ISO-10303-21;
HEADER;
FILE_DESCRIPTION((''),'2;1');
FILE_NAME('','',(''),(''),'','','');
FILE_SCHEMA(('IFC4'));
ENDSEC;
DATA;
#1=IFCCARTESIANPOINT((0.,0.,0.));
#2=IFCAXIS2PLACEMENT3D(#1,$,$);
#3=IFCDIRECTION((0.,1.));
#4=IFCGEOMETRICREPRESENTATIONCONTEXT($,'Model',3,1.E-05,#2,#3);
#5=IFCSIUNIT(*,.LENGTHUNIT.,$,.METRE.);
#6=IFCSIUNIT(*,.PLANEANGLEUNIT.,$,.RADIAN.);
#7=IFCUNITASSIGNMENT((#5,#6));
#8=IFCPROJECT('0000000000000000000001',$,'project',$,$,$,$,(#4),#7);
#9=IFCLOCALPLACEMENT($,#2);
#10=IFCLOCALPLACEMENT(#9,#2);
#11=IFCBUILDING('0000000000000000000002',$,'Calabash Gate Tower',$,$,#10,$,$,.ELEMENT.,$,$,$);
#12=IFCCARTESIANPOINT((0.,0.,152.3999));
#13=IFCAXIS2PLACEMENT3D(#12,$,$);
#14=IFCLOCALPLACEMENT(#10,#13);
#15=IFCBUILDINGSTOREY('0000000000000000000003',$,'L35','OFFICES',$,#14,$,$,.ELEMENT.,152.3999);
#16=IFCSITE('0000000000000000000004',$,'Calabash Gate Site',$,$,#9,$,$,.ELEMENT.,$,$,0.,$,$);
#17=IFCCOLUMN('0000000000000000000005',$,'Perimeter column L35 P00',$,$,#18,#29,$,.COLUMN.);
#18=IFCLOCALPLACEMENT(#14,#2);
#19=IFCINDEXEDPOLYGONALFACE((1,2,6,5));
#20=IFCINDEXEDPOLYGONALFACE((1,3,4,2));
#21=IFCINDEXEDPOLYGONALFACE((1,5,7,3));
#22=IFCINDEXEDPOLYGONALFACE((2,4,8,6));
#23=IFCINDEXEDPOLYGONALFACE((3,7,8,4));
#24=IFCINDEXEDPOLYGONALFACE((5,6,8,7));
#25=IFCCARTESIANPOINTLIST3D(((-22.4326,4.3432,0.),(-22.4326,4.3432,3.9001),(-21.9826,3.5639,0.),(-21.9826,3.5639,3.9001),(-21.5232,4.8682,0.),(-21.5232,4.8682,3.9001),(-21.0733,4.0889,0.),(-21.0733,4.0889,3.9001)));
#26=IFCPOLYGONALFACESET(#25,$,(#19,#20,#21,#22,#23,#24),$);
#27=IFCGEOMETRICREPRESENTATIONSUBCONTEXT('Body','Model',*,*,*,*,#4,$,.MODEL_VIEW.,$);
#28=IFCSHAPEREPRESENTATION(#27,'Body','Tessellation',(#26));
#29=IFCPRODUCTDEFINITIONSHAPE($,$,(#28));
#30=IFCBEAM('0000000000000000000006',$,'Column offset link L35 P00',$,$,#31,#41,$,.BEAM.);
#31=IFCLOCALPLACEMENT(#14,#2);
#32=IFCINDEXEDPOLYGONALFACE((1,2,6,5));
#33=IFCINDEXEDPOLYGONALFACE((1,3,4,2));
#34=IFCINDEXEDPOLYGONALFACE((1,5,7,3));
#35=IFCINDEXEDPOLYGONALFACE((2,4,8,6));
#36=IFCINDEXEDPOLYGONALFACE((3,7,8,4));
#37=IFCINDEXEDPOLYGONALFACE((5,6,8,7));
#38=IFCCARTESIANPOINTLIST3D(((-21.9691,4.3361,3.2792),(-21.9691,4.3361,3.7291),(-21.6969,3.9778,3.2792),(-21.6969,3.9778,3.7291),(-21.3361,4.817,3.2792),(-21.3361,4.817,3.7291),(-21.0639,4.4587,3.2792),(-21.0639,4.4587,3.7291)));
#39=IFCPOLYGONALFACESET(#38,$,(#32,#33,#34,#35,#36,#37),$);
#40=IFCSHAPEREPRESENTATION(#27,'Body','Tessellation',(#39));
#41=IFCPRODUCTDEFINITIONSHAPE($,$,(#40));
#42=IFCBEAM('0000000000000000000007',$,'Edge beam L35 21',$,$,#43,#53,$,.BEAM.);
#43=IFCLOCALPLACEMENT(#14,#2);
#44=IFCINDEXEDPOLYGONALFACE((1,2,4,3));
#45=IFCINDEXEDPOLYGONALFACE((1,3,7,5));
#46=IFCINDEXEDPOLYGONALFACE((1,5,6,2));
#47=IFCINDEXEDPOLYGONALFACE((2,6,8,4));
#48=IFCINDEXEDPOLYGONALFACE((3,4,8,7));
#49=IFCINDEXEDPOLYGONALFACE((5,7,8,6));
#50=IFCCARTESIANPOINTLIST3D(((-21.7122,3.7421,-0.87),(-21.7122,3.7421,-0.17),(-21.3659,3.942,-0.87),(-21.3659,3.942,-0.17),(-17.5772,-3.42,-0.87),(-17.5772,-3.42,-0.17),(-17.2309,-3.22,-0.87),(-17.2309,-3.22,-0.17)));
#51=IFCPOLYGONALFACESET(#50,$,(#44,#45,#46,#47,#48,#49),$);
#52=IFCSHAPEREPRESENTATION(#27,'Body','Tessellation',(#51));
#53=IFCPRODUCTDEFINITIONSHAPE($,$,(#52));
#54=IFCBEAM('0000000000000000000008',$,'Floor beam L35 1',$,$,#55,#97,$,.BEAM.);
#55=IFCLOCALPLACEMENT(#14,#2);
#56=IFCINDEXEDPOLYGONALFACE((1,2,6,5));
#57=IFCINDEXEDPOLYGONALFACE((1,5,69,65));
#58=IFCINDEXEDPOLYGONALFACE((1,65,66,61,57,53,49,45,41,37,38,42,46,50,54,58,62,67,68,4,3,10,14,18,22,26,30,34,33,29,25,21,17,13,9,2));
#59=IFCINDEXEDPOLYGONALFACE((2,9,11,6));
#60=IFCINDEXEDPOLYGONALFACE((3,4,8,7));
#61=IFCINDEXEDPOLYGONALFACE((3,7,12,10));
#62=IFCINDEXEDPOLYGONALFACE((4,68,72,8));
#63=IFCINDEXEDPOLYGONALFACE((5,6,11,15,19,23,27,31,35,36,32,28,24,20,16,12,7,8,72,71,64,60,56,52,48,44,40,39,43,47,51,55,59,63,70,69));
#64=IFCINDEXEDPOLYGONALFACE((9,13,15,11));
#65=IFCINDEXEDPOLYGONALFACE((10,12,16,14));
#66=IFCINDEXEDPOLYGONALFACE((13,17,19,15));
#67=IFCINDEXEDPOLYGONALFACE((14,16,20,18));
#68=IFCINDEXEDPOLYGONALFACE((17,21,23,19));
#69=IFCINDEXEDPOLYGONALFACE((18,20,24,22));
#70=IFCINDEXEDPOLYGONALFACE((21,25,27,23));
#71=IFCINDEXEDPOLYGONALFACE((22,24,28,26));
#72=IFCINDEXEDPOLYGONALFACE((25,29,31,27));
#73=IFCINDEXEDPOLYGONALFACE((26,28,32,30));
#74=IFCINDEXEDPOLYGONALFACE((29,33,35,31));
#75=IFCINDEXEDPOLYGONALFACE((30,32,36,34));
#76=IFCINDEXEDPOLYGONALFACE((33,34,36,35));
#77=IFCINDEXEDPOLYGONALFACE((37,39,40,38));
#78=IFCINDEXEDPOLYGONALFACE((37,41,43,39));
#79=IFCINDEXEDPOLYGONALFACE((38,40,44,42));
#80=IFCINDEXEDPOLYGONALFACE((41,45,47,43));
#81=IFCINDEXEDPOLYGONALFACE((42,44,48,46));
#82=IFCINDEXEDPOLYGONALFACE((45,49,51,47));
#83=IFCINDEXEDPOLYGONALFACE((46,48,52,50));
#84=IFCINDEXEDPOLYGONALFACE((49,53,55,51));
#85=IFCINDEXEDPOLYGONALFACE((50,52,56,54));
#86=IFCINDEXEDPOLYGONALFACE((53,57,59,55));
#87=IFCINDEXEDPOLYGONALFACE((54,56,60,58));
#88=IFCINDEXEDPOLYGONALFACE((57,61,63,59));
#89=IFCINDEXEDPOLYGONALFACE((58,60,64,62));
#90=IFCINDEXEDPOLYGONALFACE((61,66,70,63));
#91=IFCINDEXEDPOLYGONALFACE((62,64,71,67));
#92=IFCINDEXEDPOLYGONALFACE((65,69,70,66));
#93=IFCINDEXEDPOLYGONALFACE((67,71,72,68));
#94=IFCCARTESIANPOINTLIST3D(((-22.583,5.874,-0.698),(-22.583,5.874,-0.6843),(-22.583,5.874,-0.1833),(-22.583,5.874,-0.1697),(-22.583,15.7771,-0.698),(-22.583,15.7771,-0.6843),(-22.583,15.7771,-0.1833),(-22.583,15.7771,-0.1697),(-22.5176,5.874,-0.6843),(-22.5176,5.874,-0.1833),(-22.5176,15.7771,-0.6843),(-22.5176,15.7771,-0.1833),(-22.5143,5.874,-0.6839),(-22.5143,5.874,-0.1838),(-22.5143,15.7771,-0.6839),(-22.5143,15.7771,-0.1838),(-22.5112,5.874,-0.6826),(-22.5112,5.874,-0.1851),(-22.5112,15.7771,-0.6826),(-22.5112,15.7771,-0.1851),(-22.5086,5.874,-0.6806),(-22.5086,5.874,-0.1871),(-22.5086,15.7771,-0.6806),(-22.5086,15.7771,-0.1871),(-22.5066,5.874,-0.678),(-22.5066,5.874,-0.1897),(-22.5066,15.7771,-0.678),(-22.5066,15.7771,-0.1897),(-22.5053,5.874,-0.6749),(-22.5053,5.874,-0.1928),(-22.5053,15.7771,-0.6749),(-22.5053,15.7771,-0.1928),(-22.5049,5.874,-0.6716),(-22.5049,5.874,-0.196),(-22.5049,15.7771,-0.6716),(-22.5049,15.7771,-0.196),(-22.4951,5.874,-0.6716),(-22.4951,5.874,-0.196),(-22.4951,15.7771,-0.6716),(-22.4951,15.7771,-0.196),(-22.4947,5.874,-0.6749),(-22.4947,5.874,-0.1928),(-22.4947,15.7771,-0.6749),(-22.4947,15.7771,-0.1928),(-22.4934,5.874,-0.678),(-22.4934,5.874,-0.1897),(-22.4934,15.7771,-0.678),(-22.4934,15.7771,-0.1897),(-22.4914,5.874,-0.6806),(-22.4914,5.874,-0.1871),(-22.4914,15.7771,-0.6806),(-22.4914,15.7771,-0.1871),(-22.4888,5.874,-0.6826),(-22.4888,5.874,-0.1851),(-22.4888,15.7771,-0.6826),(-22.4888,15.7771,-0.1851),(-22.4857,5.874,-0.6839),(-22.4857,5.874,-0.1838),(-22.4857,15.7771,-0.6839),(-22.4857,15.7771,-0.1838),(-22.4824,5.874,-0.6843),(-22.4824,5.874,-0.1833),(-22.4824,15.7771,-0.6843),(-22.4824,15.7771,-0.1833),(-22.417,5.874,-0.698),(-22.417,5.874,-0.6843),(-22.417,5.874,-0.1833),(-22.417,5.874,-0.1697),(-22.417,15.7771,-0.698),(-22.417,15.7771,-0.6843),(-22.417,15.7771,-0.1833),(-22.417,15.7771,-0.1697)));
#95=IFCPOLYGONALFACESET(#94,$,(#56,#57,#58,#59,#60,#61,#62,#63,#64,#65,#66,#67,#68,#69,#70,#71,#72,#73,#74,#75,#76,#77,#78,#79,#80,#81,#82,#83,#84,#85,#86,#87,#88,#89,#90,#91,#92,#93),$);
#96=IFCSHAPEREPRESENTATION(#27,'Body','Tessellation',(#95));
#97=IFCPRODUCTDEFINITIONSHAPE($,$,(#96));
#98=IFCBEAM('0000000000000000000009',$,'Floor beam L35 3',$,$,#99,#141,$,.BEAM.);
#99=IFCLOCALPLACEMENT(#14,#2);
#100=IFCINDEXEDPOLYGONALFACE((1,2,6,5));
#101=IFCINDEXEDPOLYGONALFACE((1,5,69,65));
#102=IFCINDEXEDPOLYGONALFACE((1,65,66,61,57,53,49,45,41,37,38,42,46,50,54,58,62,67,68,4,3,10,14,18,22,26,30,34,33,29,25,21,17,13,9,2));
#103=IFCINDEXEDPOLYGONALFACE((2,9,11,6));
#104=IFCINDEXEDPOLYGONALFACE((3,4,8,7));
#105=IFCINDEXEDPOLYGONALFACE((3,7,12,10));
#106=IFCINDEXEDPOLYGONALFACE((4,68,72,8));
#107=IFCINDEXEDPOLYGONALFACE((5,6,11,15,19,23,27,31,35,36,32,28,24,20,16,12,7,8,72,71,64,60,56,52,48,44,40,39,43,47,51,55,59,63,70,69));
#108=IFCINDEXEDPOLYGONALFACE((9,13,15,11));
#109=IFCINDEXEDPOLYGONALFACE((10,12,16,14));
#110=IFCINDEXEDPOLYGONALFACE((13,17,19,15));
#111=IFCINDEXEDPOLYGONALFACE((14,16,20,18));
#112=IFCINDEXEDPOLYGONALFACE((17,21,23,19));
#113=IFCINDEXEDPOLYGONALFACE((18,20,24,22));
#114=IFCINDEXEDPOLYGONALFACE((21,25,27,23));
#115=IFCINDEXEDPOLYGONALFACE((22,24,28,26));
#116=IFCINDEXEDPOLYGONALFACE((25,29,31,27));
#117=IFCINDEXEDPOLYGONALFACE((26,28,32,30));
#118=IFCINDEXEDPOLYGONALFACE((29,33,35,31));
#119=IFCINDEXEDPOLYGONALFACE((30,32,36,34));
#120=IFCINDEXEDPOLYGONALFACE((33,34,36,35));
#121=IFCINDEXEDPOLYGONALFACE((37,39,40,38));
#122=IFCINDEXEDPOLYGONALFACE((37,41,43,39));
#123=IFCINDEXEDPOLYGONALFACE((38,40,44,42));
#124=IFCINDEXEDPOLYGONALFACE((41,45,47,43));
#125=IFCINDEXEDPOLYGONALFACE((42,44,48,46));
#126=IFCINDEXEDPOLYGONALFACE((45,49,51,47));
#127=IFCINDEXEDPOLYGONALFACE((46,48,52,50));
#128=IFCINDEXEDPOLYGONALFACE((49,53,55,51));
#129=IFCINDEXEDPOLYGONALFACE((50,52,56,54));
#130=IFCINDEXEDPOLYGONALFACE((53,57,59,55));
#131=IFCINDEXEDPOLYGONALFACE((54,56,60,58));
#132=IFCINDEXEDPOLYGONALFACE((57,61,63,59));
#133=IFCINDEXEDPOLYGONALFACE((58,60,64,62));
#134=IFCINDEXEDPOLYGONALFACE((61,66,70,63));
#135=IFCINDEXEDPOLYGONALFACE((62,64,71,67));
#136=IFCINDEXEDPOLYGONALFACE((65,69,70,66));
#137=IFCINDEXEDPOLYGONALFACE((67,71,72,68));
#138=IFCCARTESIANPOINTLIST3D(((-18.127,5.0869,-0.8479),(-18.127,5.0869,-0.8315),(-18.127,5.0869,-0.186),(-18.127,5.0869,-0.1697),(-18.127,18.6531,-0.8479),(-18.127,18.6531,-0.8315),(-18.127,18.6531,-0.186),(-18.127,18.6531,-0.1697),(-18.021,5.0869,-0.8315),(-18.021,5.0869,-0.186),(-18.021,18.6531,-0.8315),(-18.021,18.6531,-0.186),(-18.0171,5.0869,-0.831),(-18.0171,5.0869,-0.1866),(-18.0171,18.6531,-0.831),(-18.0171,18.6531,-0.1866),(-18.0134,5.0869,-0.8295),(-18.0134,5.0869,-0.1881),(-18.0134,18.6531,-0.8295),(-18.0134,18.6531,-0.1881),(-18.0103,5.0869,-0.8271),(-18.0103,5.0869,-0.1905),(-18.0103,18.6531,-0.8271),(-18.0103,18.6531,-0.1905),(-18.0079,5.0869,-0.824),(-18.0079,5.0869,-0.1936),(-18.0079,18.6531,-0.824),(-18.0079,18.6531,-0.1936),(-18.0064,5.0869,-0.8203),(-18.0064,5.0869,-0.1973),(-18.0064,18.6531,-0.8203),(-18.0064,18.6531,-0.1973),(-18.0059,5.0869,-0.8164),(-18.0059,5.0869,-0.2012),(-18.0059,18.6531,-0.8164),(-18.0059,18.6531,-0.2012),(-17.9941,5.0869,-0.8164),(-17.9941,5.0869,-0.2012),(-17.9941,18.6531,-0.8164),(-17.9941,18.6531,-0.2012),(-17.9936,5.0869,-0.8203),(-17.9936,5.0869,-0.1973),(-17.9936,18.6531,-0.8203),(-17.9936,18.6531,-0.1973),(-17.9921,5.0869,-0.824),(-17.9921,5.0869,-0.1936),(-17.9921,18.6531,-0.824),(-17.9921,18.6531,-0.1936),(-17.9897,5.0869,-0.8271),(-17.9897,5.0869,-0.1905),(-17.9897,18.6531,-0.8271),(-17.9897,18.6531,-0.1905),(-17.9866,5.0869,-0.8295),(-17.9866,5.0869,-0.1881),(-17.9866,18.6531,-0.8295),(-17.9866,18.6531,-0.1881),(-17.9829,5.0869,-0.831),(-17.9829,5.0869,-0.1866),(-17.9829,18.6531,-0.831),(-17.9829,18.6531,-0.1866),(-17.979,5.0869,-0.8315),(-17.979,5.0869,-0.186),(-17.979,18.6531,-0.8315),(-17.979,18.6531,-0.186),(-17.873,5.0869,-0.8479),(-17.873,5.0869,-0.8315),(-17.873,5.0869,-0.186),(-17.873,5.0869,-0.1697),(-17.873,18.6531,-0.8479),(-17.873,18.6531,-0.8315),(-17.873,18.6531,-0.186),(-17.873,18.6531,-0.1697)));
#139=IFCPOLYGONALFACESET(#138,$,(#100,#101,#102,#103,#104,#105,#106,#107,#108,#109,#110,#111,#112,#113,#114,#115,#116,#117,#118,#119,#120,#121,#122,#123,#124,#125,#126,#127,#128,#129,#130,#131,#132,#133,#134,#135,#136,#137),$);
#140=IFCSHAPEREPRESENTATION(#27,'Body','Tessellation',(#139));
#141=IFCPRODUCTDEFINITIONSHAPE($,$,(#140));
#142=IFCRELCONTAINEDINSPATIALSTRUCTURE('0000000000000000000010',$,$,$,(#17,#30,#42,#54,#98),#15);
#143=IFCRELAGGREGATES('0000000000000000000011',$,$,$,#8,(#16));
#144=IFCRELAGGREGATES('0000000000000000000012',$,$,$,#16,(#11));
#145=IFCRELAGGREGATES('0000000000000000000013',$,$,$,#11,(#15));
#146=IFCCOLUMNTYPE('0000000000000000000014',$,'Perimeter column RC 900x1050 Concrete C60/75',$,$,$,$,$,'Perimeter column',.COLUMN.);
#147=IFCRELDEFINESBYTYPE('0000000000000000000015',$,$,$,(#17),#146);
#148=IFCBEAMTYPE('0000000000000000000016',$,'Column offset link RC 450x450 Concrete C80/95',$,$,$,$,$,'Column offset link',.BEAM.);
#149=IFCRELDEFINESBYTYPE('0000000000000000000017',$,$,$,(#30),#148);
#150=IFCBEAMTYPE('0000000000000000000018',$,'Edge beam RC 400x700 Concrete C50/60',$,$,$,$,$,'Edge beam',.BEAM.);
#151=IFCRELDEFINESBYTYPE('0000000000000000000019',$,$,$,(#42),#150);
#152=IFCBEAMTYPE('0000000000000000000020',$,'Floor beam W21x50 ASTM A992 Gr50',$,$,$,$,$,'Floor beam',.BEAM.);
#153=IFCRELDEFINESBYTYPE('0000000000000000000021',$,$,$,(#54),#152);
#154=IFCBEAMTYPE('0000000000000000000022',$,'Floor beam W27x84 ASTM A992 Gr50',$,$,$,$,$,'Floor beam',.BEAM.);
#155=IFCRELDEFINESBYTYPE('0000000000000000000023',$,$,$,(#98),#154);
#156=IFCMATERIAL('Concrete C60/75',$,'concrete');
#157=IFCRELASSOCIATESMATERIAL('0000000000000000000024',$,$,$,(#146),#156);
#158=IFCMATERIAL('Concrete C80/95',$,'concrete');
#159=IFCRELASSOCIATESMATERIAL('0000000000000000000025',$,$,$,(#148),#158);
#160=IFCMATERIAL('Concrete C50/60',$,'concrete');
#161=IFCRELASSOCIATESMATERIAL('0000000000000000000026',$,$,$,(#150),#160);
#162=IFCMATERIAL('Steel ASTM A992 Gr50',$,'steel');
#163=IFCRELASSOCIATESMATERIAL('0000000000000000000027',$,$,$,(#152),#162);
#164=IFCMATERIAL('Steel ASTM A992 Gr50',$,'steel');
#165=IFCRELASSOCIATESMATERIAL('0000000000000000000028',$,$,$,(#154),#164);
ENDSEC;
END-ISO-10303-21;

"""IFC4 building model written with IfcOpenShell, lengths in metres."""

from ifc_helpers import new_model, si_unit, direction, frame, origin, origin_2d, place, context, subcontext, project, spatial, rectangle, i_section, extrude, material, material_profile, profile_set, type_object, element, save


model = new_model("IFC4")

# Units and contexts
model_context = context("Model", 3, precision=1e-05, world=origin(), true_north=direction((0.0, 1.0)))
body_context = subcontext(model_context, "Body", "Model", "MODEL_VIEW")
ifc_project = project(units=[si_unit("LENGTHUNIT", "METRE"), si_unit("PLANEANGLEUNIT", "RADIAN")], contexts=[model_context])

# Site, building, storey
site_placement = place(None, origin())
site = spatial("IfcSite", under=ifc_project, at=site_placement, Name="Calabash Gate Site", CompositionType="ELEMENT", RefElevation=0.0)
building_placement = place(site_placement, origin())
building = spatial("IfcBuilding", under=site, at=building_placement, Name="Calabash Gate Tower", CompositionType="ELEMENT")
storey_placement = place(building_placement, frame((0.0, 0.0, 152.3999)))
storey = spatial("IfcBuildingStorey", under=building, at=storey_placement, Name="L35", Description="OFFICES", CompositionType="ELEMENT", Elevation=152.3999)

# Column
ifc_material_1 = material(Name="Concrete C60/75", Category="concrete")
ifc_material_profile_1 = material_profile(ifc_material_1, rectangle(XDim=0.8999, YDim=1.05, at=origin_2d()))
ifc_profile_set_1 = profile_set([ifc_material_profile_1], Name="Concrete C60/75")
column_type = type_object("IfcColumnType", Name="Perimeter column RC 900x1050 Concrete C60/75", ElementType="Perimeter column", PredefinedType="COLUMN", material=ifc_profile_set_1)
column_placement = place(storey_placement, frame((-21.7529, 4.2161, 0.0), z_axis=(0.0, 0.0, 1.0), x_axis=(0.5, -0.866025, 0.0)))
element("IfcColumn", 1, at=column_placement, inside=storey, type_object=column_type, Name="Perimeter column L35 P00", PredefinedType="COLUMN", context=body_context, shape_type="SweptSolid", body=[
    extrude(rectangle(XDim=0.8999, YDim=1.05, at=origin_2d()), origin(), (0.0, 0.0, 1.0), 3.9001),
])

# Beams
ifc_material_2 = material(Name="Concrete C80/95", Category="concrete")
ifc_material_profile_2 = material_profile(ifc_material_2, rectangle(XDim=0.45, YDim=0.45, at=origin_2d()))
ifc_profile_set_2 = profile_set([ifc_material_profile_2], Name="Concrete C80/95")
beam_type_1 = type_object("IfcBeamType", Name="Column offset link RC 450x450 Concrete C80/95", ElementType="Column offset link", PredefinedType="BEAM", material=ifc_profile_set_2)
beam_1_placement = place(storey_placement, frame((-21.833, 4.157, 3.5042), z_axis=(0.796263, 0.604951, 0.0), x_axis=(-0.604951, 0.796263, 0.0)))
element("IfcBeam", 2, at=beam_1_placement, inside=storey, type_object=beam_type_1, Name="Column offset link L35 P00", PredefinedType="BEAM", context=body_context, shape_type="SweptSolid", body=[
    extrude(rectangle(XDim=0.45, YDim=0.45, at=origin_2d()), origin(), (0.0, 0.0, 1.0), 0.7949),
])
ifc_material_3 = material(Name="Concrete C50/60", Category="concrete")
ifc_material_profile_3 = material_profile(ifc_material_3, rectangle(XDim=0.3999, YDim=0.7, at=origin_2d()))
ifc_profile_set_3 = profile_set([ifc_material_profile_3], Name="Concrete C50/60")
beam_type_2 = type_object("IfcBeamType", Name="Edge beam RC 400x700 Concrete C50/60", ElementType="Edge beam", PredefinedType="BEAM", material=ifc_profile_set_3)
beam_2_placement = place(storey_placement, frame((-21.5391, 3.842, -0.52), z_axis=(0.499997, -0.866027, 0.0), x_axis=(0.866027, 0.499997, 0.0)))
element("IfcBeam", 3, at=beam_2_placement, inside=storey, type_object=beam_type_2, Name="Edge beam L35 21", PredefinedType="BEAM", context=body_context, shape_type="SweptSolid", body=[
    extrude(rectangle(XDim=0.3999, YDim=0.7, at=origin_2d()), origin(), (0.0, 0.0, 1.0), 8.27),
])
ifc_material_4 = material(Name="Steel ASTM A992 Gr50", Category="steel")
ifc_material_profile_4 = material_profile(ifc_material_4, i_section(OverallWidth=0.166, OverallDepth=0.5283, WebThickness=0.0098, FlangeThickness=0.0137, FilletRadius=0.0127, at=origin_2d()))
ifc_profile_set_4 = profile_set([ifc_material_profile_4], Name="Steel ASTM A992 Gr50")
beam_type_3 = type_object("IfcBeamType", Name="Floor beam W21x50 ASTM A992 Gr50", ElementType="Floor beam", PredefinedType="BEAM", material=ifc_profile_set_4)
beam_3_placement = place(storey_placement, frame((-22.5, 5.874, -0.4338), z_axis=(0.0, 1.0, 0.0), x_axis=(-1.0, 0.0, 0.0)))
element("IfcBeam", 4, at=beam_3_placement, inside=storey, type_object=beam_type_3, Name="Floor beam L35 1", PredefinedType="BEAM", context=body_context, shape_type="SweptSolid", body=[
    extrude(i_section(OverallWidth=0.166, OverallDepth=0.5283, WebThickness=0.0098, FlangeThickness=0.0137, FilletRadius=0.0127, at=origin_2d()), origin(), (0.0, 0.0, 1.0), 9.9031),
])
ifc_material_5 = material(Name="Steel ASTM A992 Gr50", Category="steel")
ifc_material_profile_5 = material_profile(ifc_material_5, i_section(OverallWidth=0.2539, OverallDepth=0.6782, WebThickness=0.0117, FlangeThickness=0.0164, FilletRadius=0.0151, at=origin_2d()))
ifc_profile_set_5 = profile_set([ifc_material_profile_5], Name="Steel ASTM A992 Gr50")
beam_type_4 = type_object("IfcBeamType", Name="Floor beam W27x84 ASTM A992 Gr50", ElementType="Floor beam", PredefinedType="BEAM", material=ifc_profile_set_5)
beam_4_placement = place(storey_placement, frame((-18.0, 5.0869, -0.5088), z_axis=(0.0, 1.0, 0.0), x_axis=(-1.0, 0.0, 0.0)))
element("IfcBeam", 5, at=beam_4_placement, inside=storey, type_object=beam_type_4, Name="Floor beam L35 3", PredefinedType="BEAM", context=body_context, shape_type="SweptSolid", body=[
    extrude(i_section(OverallWidth=0.2539, OverallDepth=0.6782, WebThickness=0.0117, FlangeThickness=0.0164, FilletRadius=0.0151, at=origin_2d()), origin(), (0.0, 0.0, 1.0), 13.5662),
])

save(model, "model.ifc")
